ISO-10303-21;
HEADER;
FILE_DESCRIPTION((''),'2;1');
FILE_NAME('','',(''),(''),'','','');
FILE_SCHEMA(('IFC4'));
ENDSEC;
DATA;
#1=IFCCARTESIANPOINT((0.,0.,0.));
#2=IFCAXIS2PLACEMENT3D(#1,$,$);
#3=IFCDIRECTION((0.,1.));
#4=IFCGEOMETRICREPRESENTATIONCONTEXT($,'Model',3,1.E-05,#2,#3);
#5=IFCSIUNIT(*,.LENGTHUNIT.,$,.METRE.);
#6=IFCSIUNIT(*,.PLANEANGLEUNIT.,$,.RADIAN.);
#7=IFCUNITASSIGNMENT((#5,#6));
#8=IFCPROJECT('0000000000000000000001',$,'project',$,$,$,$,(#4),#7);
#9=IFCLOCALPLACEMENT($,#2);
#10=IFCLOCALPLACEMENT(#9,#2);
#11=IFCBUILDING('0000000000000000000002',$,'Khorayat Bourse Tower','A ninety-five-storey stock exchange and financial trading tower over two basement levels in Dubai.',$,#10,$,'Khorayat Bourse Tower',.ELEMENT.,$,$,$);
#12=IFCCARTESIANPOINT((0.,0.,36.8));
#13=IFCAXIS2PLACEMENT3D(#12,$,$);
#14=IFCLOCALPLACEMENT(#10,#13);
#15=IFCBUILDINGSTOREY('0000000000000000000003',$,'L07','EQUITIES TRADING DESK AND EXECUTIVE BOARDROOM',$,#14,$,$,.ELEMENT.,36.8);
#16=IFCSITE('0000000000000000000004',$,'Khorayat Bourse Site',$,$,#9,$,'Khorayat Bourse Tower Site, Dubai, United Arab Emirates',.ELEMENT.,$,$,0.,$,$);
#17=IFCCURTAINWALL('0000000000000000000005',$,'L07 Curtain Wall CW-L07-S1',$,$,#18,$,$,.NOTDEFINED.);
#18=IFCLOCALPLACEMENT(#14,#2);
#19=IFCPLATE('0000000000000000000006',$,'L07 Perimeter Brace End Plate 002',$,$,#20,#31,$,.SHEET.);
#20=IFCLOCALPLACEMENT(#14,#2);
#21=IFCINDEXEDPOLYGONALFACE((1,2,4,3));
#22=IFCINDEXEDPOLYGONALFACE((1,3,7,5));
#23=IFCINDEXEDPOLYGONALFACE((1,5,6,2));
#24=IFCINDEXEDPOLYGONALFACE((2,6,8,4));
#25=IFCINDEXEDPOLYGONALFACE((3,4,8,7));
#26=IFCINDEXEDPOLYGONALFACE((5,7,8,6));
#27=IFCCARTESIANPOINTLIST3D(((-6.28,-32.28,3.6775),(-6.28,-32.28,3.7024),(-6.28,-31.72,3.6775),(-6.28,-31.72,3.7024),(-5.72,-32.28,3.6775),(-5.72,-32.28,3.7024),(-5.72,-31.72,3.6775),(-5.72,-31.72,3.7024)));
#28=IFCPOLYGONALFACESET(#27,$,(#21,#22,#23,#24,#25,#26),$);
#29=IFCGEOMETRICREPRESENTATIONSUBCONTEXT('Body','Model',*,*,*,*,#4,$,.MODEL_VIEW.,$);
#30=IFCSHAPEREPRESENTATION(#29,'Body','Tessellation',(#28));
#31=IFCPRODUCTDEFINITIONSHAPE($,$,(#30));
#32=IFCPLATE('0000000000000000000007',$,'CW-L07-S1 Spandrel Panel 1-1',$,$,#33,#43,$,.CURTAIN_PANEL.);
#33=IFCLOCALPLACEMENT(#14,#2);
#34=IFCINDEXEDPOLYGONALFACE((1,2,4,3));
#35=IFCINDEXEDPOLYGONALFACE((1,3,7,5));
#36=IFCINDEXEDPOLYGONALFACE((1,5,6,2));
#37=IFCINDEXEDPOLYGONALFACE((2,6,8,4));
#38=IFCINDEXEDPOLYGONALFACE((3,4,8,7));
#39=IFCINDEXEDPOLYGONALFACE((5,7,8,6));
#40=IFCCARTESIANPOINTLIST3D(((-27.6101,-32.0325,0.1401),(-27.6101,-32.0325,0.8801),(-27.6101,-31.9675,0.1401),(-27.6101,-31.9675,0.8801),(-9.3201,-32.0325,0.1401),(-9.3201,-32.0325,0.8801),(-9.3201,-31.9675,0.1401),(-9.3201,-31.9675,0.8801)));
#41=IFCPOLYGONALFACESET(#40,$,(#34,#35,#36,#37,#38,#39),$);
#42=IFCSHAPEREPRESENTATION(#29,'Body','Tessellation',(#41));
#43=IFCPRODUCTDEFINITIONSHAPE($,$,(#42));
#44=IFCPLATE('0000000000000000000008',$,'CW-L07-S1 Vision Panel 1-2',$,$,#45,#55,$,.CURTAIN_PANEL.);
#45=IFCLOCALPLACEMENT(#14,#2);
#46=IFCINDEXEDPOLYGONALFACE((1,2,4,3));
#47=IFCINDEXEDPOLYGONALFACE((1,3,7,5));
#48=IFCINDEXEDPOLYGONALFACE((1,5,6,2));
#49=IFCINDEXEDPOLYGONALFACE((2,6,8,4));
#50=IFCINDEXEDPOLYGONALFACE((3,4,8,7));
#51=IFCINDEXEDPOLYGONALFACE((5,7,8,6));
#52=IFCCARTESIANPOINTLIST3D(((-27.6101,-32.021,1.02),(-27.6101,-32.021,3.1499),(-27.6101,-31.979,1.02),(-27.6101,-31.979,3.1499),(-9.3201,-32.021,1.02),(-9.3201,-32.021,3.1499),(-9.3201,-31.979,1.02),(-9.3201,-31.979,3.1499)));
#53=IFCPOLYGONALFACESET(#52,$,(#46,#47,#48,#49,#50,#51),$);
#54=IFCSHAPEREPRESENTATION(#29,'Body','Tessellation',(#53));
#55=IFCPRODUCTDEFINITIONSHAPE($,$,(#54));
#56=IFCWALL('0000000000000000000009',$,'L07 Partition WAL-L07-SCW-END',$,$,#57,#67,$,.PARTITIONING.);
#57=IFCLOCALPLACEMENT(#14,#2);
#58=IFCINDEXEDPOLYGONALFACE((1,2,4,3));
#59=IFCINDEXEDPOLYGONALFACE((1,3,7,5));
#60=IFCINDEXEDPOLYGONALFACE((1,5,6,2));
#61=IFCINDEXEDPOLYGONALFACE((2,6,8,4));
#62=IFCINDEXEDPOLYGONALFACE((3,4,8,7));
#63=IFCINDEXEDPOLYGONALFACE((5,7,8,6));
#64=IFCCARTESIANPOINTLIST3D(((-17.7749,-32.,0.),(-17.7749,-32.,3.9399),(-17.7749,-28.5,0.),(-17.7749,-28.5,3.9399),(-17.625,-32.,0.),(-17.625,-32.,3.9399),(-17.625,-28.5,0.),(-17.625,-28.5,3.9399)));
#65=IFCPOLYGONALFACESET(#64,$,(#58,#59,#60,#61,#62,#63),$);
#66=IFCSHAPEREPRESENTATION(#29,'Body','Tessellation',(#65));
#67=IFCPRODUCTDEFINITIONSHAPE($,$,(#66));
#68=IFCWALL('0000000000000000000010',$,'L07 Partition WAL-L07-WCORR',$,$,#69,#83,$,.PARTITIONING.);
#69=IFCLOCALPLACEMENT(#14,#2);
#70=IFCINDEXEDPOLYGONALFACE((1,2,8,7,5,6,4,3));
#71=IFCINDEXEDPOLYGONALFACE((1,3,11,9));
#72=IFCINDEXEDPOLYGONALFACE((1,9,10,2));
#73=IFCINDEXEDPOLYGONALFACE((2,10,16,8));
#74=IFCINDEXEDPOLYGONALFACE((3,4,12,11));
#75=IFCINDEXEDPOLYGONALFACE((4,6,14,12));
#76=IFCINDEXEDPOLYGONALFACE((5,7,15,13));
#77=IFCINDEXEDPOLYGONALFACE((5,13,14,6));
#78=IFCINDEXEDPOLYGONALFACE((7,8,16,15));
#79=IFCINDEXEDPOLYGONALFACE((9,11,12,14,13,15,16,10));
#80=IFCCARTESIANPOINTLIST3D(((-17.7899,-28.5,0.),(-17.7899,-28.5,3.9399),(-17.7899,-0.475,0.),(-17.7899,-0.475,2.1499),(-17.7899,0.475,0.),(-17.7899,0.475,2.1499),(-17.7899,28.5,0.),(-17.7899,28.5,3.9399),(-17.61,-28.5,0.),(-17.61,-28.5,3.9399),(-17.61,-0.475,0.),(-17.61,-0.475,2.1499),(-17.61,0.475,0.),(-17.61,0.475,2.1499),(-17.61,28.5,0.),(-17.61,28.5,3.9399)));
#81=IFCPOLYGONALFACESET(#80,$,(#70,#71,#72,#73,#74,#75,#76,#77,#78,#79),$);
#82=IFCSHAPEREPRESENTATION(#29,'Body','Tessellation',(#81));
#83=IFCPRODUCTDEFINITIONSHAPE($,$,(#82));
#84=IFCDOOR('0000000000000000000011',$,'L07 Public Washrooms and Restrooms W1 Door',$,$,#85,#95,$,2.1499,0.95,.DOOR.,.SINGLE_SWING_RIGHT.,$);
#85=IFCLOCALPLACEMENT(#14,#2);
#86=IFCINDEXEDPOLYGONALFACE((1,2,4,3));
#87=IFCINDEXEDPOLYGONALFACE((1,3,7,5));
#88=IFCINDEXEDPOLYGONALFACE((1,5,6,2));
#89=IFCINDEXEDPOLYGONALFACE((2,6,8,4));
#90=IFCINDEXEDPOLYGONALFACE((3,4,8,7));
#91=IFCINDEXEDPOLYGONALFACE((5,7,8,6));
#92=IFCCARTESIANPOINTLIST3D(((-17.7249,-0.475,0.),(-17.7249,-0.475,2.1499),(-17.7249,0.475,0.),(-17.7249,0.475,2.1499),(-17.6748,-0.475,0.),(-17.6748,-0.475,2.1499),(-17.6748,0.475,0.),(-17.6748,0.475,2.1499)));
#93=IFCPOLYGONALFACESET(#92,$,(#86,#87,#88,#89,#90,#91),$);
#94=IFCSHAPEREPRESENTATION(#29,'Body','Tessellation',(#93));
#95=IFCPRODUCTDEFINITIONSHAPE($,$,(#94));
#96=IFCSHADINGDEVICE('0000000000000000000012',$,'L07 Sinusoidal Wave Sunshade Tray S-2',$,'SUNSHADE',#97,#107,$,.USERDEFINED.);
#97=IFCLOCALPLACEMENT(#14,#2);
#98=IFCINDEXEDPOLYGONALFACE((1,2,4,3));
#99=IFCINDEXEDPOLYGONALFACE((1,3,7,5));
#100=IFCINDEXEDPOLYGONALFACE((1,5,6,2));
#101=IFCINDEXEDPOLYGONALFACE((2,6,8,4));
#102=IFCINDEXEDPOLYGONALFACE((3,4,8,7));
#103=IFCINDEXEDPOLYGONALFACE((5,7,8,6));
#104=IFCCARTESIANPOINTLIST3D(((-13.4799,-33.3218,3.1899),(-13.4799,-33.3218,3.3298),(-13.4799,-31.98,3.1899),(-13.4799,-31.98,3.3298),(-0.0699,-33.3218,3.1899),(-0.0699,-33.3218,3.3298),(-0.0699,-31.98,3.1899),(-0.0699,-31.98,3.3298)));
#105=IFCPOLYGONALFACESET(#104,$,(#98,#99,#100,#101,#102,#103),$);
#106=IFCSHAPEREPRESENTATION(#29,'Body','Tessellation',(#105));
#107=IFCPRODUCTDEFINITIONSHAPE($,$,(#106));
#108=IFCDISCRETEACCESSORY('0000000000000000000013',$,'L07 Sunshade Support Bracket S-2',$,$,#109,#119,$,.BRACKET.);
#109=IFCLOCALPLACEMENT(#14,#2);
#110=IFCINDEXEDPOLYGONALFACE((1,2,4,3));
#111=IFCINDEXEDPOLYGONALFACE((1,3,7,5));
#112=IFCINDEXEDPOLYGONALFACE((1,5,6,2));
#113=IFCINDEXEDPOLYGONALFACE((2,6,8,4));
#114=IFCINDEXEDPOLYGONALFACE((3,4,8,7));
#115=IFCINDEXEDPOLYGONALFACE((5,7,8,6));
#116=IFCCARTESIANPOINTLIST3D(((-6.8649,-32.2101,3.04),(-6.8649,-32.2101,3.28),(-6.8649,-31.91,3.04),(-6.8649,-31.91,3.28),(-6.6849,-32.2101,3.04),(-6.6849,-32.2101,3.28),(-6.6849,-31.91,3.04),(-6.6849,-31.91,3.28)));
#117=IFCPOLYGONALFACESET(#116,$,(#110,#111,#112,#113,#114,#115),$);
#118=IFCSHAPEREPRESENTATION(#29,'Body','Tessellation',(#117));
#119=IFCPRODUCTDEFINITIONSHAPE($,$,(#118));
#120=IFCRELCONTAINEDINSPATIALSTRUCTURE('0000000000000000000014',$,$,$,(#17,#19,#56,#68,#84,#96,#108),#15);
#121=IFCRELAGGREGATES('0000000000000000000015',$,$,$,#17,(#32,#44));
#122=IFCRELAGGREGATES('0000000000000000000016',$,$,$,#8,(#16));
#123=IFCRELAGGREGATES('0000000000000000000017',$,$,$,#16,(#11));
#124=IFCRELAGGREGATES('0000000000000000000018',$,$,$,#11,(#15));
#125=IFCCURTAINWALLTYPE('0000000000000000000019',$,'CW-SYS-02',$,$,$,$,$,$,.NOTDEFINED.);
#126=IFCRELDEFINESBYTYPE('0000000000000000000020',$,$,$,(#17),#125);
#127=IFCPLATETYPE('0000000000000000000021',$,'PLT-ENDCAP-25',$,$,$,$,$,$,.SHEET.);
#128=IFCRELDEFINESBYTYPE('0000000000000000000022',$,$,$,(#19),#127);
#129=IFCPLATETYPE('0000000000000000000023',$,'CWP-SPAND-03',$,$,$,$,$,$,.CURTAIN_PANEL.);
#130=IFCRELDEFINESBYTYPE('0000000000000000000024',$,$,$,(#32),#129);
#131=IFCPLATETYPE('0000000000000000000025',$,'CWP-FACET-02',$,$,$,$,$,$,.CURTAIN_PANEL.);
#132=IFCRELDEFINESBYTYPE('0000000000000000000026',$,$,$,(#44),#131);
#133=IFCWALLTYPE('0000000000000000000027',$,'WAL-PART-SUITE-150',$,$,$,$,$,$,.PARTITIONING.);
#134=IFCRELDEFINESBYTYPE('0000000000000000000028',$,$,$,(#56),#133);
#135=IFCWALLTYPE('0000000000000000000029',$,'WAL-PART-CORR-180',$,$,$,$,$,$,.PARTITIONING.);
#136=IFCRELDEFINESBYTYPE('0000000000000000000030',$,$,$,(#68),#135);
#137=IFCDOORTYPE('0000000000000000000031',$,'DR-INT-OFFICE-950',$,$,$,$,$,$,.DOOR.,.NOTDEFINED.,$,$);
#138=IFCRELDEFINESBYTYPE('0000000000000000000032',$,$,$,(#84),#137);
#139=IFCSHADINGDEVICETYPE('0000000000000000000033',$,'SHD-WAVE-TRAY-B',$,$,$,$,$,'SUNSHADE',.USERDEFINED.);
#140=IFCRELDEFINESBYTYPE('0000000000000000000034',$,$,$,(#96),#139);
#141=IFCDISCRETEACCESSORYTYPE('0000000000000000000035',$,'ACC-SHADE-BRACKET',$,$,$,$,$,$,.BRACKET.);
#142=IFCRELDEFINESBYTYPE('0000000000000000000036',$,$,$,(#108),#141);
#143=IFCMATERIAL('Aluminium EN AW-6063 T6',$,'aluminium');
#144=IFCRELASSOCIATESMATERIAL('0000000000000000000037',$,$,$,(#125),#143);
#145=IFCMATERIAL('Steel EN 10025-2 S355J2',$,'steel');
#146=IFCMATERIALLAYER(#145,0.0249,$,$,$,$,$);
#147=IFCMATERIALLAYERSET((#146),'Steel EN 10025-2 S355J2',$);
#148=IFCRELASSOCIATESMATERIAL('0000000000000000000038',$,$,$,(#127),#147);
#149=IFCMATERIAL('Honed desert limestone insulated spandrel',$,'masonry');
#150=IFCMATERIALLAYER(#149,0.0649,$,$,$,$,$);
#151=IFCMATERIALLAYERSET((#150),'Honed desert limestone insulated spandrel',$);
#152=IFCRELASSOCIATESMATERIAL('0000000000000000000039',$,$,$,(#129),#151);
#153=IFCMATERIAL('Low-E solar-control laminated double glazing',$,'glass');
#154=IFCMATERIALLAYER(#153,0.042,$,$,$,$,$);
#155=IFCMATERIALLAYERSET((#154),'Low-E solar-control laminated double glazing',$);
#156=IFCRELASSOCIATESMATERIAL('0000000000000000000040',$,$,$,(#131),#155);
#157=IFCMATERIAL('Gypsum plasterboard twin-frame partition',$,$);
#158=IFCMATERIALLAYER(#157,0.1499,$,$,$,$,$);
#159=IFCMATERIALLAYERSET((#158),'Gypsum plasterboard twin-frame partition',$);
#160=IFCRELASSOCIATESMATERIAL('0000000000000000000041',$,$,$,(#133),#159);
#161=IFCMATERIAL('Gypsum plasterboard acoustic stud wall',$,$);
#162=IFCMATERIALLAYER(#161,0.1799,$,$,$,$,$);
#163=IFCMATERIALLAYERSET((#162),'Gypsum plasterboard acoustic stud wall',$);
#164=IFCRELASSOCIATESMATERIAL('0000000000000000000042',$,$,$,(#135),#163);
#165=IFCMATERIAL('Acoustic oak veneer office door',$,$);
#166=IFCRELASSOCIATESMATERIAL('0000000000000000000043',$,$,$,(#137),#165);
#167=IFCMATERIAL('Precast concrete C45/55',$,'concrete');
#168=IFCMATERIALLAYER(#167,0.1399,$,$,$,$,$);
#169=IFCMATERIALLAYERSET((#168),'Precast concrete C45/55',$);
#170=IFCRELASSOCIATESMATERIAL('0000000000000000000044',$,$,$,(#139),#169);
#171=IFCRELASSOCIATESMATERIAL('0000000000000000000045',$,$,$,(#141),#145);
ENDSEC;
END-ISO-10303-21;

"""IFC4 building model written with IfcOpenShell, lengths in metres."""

from ifc_helpers import new_model, si_unit, direction, frame, frame_2d, origin, origin_2d, place, context, subcontext, project, spatial, rectangle, extrude, source, transform, mapped, material, layer, layer_set, type_object, element, fill, aggregate, save


model = new_model("IFC4")

# Units and contexts
model_context = context("Model", 3, precision=1e-05, world=origin(), true_north=direction((0.0, 1.0)))
body_context = subcontext(model_context, "Body", "Model", "MODEL_VIEW")
ifc_project = project(units=[si_unit("LENGTHUNIT", "METRE"), si_unit("PLANEANGLEUNIT", "RADIAN")], contexts=[model_context])

# Site, building, storey
site_placement = place(None, origin())
site = spatial("IfcSite", under=ifc_project, at=site_placement, Name="Khorayat Bourse Site", LongName="Khorayat Bourse Tower Site, Dubai, United Arab Emirates", CompositionType="ELEMENT", RefElevation=0.0)
building_placement = place(site_placement, origin())
building = spatial("IfcBuilding", under=site, at=building_placement, Name="Khorayat Bourse Tower", Description="A ninety-five-storey stock exchange and financial trading tower over two basement levels in Dubai.", LongName="Khorayat Bourse Tower", CompositionType="ELEMENT")
storey_placement = place(building_placement, frame((0.0, 0.0, 36.8)))
storey = spatial("IfcBuildingStorey", under=building, at=storey_placement, Name="L07", Description="EQUITIES TRADING DESK AND EXECUTIVE BOARDROOM", CompositionType="ELEMENT", Elevation=36.8)

# Curtain wall
ifc_material_1 = material(Name="Aluminium EN AW-6063 T6", Category="aluminium")
curtain_wall_type = type_object("IfcCurtainWallType", Name="CW-SYS-02", PredefinedType="NOTDEFINED", material=ifc_material_1)
curtain_wall_placement = place(storey_placement, origin())
curtain_wall = element("IfcCurtainWall", 1, at=curtain_wall_placement, inside=storey, type_object=curtain_wall_type, Name="L07 Curtain Wall CW-L07-S1", PredefinedType="NOTDEFINED")

# Plate
ifc_material_2 = material(Name="Steel EN 10025-2 S355J2", Category="steel")
ifc_layer_1 = layer(ifc_material_2, 0.0249)
ifc_layer_set_1 = layer_set([ifc_layer_1], Name="Steel EN 10025-2 S355J2")
plate_type_1 = type_object("IfcPlateType", Name="PLT-ENDCAP-25", PredefinedType="SHEET", material=ifc_layer_set_1)
shared_shape_1 = source(origin(), body_context, "Body", "SweptSolid", [
    extrude(rectangle(XDim=0.5601, YDim=0.5601, at=origin_2d()), origin(), (0.0, 0.0, 1.0), 0.0249),
])
for number, where, z_axis, x_axis, name in (
    (2, (-6.0, -32.0, 3.6775), (0.0, 0.0, 1.0), (1.0, 0.0, 0.0), "L07 Perimeter Brace End Plate 002"),
):
    element("IfcPlate", number, at=place(storey_placement, frame(where, z_axis=z_axis, x_axis=x_axis)), inside=storey, type_object=plate_type_1, Name=name, PredefinedType="SHEET", context=body_context, shape_type="MappedRepresentation", body=[
        mapped(shared_shape_1, transform((0.0, 0.0, 0.0), scale=1.0)),
    ])

# Plates
ifc_material_3 = material(Name="Honed desert limestone insulated spandrel", Category="masonry")
ifc_layer_2 = layer(ifc_material_3, 0.0649)
ifc_layer_set_2 = layer_set([ifc_layer_2], Name="Honed desert limestone insulated spandrel")
plate_type_2 = type_object("IfcPlateType", Name="CWP-SPAND-03", PredefinedType="CURTAIN_PANEL", material=ifc_layer_set_2)
shared_shape_2 = source(origin(), body_context, "Body", "SweptSolid", [
    extrude(rectangle(XDim=18.29, YDim=0.0649, at=origin_2d()), origin(), (0.0, 0.0, 1.0), 0.74),
])
plate_1_placement = place(storey_placement, frame((-18.4651, -32.0, 0.1401), z_axis=(0.0, 0.0, 1.0), x_axis=(1.0, 0.0, 0.0)))
plate_1 = element("IfcPlate", 3, at=plate_1_placement, type_object=plate_type_2, Name="CW-L07-S1 Spandrel Panel 1-1", PredefinedType="CURTAIN_PANEL", context=body_context, shape_type="MappedRepresentation", body=[
    mapped(shared_shape_2, transform((0.0, 0.0, 0.0), scale=1.0)),
])
ifc_material_4 = material(Name="Low-E solar-control laminated double glazing", Category="glass")
ifc_layer_3 = layer(ifc_material_4, 0.042)
ifc_layer_set_3 = layer_set([ifc_layer_3], Name="Low-E solar-control laminated double glazing")
plate_type_3 = type_object("IfcPlateType", Name="CWP-FACET-02", PredefinedType="CURTAIN_PANEL", material=ifc_layer_set_3)
shared_shape_3 = source(origin(), body_context, "Body", "SweptSolid", [
    extrude(rectangle(XDim=18.29, YDim=0.042, at=origin_2d()), origin(), (0.0, 0.0, 1.0), 2.1299),
])
plate_2_placement = place(storey_placement, frame((-18.4651, -32.0, 1.02), z_axis=(0.0, 0.0, 1.0), x_axis=(1.0, 0.0, 0.0)))
plate_2 = element("IfcPlate", 4, at=plate_2_placement, type_object=plate_type_3, Name="CW-L07-S1 Vision Panel 1-2", PredefinedType="CURTAIN_PANEL", context=body_context, shape_type="MappedRepresentation", body=[
    mapped(shared_shape_3, transform((0.0, 0.0, 0.0), scale=1.0)),
])
aggregate(curtain_wall, [plate_1, plate_2])

# Wall
ifc_material_5 = material(Name="Gypsum plasterboard twin-frame partition")
ifc_layer_4 = layer(ifc_material_5, 0.1499)
ifc_layer_set_4 = layer_set([ifc_layer_4], Name="Gypsum plasterboard twin-frame partition")
wall_type_1 = type_object("IfcWallType", Name="WAL-PART-SUITE-150", PredefinedType="PARTITIONING", material=ifc_layer_set_4)
shared_shape_4 = source(origin(), body_context, "Body", "SweptSolid", [
    extrude(rectangle(XDim=3.5, YDim=0.1499, at=frame_2d((1.75, 0.0))), origin(), (0.0, 0.0, 1.0), 3.9399),
])
wall_1_placement = place(storey_placement, frame((-17.7, -32.0, 0.0), z_axis=(0.0, 0.0, 1.0), x_axis=(0.0, 1.0, 0.0)))
element("IfcWall", 5, at=wall_1_placement, inside=storey, type_object=wall_type_1, Name="L07 Partition WAL-L07-SCW-END", PredefinedType="PARTITIONING", context=body_context, shape_type="MappedRepresentation", body=[
    mapped(shared_shape_4, transform((0.0, 0.0, 0.0), scale=1.0)),
])

# Wall, opening, door
ifc_material_6 = material(Name="Gypsum plasterboard acoustic stud wall")
ifc_layer_5 = layer(ifc_material_6, 0.1799)
ifc_layer_set_5 = layer_set([ifc_layer_5], Name="Gypsum plasterboard acoustic stud wall")
wall_type_2 = type_object("IfcWallType", Name="WAL-PART-CORR-180", PredefinedType="PARTITIONING", material=ifc_layer_set_5)
shared_shape_5 = source(origin(), body_context, "Body", "SweptSolid", [
    extrude(rectangle(XDim=57.0, YDim=0.1799, at=frame_2d((28.5, 0.0))), origin(), (0.0, 0.0, 1.0), 3.9399),
])
wall_2_placement = place(storey_placement, frame((-17.7, -28.5, 0.0), z_axis=(0.0, 0.0, 1.0), x_axis=(0.0, 1.0, 0.0)))
wall_2 = element("IfcWall", 6, at=wall_2_placement, inside=storey, type_object=wall_type_2, Name="L07 Partition WAL-L07-WCORR", PredefinedType="PARTITIONING", context=body_context, shape_type="MappedRepresentation", body=[
    mapped(shared_shape_5, transform((0.0, 0.0, 0.0), scale=1.0)),
])
shared_shape_6 = source(origin(), body_context, "Body", "SweptSolid", [
    extrude(rectangle(XDim=0.95, YDim=2.1499, at=frame_2d((0.4751, 1.075))), frame((0.0, 0.0999, 0.0), z_axis=(0.0, -1.0, 0.0), x_axis=(1.0, 0.0, 0.0)), (0.0, 0.0, 1.0), 0.2),
])
opening_placement = place(wall_2_placement, frame((28.0249, 0.0, 0.0)))
opening = element("IfcOpeningElement", 7, at=opening_placement, cuts=wall_2, PredefinedType="OPENING", context=body_context, shape_type="MappedRepresentation", body=[
    mapped(shared_shape_6, transform((0.0, 0.0, 0.0), scale=1.0)),
])
ifc_material_7 = material(Name="Acoustic oak veneer office door")
door_type = type_object("IfcDoorType", Name="DR-INT-OFFICE-950", OperationType="NOTDEFINED", PredefinedType="DOOR", material=ifc_material_7)
shared_shape_7 = source(origin(), body_context, "Body", "SweptSolid", [
    extrude(rectangle(XDim=0.95, YDim=2.1499, at=frame_2d((0.4751, 1.075))), frame((0.0, 0.0249, 0.0), z_axis=(0.0, -1.0, 0.0), x_axis=(1.0, 0.0, 0.0)), (0.0, 0.0, 1.0), 0.05),
])
door_placement = place(opening_placement, origin())
door = element("IfcDoor", 8, at=door_placement, inside=storey, type_object=door_type, Name="L07 Public Washrooms and Restrooms W1 Door", OperationType="SINGLE_SWING_RIGHT", OverallHeight=2.1499, OverallWidth=0.95, PredefinedType="DOOR", context=body_context, shape_type="MappedRepresentation", body=[
    mapped(shared_shape_7, transform((0.0, 0.0, 0.0), scale=1.0)),
])
fill(opening, door)

# Shading device
ifc_material_8 = material(Name="Precast concrete C45/55", Category="concrete")
ifc_layer_6 = layer(ifc_material_8, 0.1399)
ifc_layer_set_6 = layer_set([ifc_layer_6], Name="Precast concrete C45/55")
shading_device_type = type_object("IfcShadingDeviceType", Name="SHD-WAVE-TRAY-B", ElementType="SUNSHADE", PredefinedType="USERDEFINED", material=ifc_layer_set_6)
shared_shape_8 = source(origin(), body_context, "Body", "SweptSolid", [
    extrude(rectangle(XDim=13.4099, YDim=1.3418, at=origin_2d()), origin(), (0.0, 0.0, 1.0), 0.1399),
])
shading_device_placement = place(storey_placement, frame((-6.7749, -32.6509, 3.1899), z_axis=(0.0, 0.0, 1.0), x_axis=(1.0, 0.0, 0.0)))
element("IfcShadingDevice", 9, at=shading_device_placement, inside=storey, type_object=shading_device_type, Name="L07 Sinusoidal Wave Sunshade Tray S-2", ObjectType="SUNSHADE", PredefinedType="USERDEFINED", context=body_context, shape_type="MappedRepresentation", body=[
    mapped(shared_shape_8, transform((0.0, 0.0, 0.0), scale=1.0)),
])

# Discrete accessory
discrete_accessory_type = type_object("IfcDiscreteAccessoryType", Name="ACC-SHADE-BRACKET", PredefinedType="BRACKET", material=ifc_material_2)
shared_shape_9 = source(origin(), body_context, "Body", "SweptSolid", [
    extrude(rectangle(XDim=0.1799, YDim=0.3, at=origin_2d()), origin(), (0.0, 0.0, 1.0), 0.24),
])
discrete_accessory_placement = place(storey_placement, frame((-6.7749, -32.0601, 3.04), z_axis=(0.0, 0.0, 1.0), x_axis=(1.0, 0.0, 0.0)))
element("IfcDiscreteAccessory", 10, at=discrete_accessory_placement, inside=storey, type_object=discrete_accessory_type, Name="L07 Sunshade Support Bracket S-2", PredefinedType="BRACKET", context=body_context, shape_type="MappedRepresentation", body=[
    mapped(shared_shape_9, transform((0.0, 0.0, 0.0), scale=1.0)),
])

save(model, "model.ifc")
